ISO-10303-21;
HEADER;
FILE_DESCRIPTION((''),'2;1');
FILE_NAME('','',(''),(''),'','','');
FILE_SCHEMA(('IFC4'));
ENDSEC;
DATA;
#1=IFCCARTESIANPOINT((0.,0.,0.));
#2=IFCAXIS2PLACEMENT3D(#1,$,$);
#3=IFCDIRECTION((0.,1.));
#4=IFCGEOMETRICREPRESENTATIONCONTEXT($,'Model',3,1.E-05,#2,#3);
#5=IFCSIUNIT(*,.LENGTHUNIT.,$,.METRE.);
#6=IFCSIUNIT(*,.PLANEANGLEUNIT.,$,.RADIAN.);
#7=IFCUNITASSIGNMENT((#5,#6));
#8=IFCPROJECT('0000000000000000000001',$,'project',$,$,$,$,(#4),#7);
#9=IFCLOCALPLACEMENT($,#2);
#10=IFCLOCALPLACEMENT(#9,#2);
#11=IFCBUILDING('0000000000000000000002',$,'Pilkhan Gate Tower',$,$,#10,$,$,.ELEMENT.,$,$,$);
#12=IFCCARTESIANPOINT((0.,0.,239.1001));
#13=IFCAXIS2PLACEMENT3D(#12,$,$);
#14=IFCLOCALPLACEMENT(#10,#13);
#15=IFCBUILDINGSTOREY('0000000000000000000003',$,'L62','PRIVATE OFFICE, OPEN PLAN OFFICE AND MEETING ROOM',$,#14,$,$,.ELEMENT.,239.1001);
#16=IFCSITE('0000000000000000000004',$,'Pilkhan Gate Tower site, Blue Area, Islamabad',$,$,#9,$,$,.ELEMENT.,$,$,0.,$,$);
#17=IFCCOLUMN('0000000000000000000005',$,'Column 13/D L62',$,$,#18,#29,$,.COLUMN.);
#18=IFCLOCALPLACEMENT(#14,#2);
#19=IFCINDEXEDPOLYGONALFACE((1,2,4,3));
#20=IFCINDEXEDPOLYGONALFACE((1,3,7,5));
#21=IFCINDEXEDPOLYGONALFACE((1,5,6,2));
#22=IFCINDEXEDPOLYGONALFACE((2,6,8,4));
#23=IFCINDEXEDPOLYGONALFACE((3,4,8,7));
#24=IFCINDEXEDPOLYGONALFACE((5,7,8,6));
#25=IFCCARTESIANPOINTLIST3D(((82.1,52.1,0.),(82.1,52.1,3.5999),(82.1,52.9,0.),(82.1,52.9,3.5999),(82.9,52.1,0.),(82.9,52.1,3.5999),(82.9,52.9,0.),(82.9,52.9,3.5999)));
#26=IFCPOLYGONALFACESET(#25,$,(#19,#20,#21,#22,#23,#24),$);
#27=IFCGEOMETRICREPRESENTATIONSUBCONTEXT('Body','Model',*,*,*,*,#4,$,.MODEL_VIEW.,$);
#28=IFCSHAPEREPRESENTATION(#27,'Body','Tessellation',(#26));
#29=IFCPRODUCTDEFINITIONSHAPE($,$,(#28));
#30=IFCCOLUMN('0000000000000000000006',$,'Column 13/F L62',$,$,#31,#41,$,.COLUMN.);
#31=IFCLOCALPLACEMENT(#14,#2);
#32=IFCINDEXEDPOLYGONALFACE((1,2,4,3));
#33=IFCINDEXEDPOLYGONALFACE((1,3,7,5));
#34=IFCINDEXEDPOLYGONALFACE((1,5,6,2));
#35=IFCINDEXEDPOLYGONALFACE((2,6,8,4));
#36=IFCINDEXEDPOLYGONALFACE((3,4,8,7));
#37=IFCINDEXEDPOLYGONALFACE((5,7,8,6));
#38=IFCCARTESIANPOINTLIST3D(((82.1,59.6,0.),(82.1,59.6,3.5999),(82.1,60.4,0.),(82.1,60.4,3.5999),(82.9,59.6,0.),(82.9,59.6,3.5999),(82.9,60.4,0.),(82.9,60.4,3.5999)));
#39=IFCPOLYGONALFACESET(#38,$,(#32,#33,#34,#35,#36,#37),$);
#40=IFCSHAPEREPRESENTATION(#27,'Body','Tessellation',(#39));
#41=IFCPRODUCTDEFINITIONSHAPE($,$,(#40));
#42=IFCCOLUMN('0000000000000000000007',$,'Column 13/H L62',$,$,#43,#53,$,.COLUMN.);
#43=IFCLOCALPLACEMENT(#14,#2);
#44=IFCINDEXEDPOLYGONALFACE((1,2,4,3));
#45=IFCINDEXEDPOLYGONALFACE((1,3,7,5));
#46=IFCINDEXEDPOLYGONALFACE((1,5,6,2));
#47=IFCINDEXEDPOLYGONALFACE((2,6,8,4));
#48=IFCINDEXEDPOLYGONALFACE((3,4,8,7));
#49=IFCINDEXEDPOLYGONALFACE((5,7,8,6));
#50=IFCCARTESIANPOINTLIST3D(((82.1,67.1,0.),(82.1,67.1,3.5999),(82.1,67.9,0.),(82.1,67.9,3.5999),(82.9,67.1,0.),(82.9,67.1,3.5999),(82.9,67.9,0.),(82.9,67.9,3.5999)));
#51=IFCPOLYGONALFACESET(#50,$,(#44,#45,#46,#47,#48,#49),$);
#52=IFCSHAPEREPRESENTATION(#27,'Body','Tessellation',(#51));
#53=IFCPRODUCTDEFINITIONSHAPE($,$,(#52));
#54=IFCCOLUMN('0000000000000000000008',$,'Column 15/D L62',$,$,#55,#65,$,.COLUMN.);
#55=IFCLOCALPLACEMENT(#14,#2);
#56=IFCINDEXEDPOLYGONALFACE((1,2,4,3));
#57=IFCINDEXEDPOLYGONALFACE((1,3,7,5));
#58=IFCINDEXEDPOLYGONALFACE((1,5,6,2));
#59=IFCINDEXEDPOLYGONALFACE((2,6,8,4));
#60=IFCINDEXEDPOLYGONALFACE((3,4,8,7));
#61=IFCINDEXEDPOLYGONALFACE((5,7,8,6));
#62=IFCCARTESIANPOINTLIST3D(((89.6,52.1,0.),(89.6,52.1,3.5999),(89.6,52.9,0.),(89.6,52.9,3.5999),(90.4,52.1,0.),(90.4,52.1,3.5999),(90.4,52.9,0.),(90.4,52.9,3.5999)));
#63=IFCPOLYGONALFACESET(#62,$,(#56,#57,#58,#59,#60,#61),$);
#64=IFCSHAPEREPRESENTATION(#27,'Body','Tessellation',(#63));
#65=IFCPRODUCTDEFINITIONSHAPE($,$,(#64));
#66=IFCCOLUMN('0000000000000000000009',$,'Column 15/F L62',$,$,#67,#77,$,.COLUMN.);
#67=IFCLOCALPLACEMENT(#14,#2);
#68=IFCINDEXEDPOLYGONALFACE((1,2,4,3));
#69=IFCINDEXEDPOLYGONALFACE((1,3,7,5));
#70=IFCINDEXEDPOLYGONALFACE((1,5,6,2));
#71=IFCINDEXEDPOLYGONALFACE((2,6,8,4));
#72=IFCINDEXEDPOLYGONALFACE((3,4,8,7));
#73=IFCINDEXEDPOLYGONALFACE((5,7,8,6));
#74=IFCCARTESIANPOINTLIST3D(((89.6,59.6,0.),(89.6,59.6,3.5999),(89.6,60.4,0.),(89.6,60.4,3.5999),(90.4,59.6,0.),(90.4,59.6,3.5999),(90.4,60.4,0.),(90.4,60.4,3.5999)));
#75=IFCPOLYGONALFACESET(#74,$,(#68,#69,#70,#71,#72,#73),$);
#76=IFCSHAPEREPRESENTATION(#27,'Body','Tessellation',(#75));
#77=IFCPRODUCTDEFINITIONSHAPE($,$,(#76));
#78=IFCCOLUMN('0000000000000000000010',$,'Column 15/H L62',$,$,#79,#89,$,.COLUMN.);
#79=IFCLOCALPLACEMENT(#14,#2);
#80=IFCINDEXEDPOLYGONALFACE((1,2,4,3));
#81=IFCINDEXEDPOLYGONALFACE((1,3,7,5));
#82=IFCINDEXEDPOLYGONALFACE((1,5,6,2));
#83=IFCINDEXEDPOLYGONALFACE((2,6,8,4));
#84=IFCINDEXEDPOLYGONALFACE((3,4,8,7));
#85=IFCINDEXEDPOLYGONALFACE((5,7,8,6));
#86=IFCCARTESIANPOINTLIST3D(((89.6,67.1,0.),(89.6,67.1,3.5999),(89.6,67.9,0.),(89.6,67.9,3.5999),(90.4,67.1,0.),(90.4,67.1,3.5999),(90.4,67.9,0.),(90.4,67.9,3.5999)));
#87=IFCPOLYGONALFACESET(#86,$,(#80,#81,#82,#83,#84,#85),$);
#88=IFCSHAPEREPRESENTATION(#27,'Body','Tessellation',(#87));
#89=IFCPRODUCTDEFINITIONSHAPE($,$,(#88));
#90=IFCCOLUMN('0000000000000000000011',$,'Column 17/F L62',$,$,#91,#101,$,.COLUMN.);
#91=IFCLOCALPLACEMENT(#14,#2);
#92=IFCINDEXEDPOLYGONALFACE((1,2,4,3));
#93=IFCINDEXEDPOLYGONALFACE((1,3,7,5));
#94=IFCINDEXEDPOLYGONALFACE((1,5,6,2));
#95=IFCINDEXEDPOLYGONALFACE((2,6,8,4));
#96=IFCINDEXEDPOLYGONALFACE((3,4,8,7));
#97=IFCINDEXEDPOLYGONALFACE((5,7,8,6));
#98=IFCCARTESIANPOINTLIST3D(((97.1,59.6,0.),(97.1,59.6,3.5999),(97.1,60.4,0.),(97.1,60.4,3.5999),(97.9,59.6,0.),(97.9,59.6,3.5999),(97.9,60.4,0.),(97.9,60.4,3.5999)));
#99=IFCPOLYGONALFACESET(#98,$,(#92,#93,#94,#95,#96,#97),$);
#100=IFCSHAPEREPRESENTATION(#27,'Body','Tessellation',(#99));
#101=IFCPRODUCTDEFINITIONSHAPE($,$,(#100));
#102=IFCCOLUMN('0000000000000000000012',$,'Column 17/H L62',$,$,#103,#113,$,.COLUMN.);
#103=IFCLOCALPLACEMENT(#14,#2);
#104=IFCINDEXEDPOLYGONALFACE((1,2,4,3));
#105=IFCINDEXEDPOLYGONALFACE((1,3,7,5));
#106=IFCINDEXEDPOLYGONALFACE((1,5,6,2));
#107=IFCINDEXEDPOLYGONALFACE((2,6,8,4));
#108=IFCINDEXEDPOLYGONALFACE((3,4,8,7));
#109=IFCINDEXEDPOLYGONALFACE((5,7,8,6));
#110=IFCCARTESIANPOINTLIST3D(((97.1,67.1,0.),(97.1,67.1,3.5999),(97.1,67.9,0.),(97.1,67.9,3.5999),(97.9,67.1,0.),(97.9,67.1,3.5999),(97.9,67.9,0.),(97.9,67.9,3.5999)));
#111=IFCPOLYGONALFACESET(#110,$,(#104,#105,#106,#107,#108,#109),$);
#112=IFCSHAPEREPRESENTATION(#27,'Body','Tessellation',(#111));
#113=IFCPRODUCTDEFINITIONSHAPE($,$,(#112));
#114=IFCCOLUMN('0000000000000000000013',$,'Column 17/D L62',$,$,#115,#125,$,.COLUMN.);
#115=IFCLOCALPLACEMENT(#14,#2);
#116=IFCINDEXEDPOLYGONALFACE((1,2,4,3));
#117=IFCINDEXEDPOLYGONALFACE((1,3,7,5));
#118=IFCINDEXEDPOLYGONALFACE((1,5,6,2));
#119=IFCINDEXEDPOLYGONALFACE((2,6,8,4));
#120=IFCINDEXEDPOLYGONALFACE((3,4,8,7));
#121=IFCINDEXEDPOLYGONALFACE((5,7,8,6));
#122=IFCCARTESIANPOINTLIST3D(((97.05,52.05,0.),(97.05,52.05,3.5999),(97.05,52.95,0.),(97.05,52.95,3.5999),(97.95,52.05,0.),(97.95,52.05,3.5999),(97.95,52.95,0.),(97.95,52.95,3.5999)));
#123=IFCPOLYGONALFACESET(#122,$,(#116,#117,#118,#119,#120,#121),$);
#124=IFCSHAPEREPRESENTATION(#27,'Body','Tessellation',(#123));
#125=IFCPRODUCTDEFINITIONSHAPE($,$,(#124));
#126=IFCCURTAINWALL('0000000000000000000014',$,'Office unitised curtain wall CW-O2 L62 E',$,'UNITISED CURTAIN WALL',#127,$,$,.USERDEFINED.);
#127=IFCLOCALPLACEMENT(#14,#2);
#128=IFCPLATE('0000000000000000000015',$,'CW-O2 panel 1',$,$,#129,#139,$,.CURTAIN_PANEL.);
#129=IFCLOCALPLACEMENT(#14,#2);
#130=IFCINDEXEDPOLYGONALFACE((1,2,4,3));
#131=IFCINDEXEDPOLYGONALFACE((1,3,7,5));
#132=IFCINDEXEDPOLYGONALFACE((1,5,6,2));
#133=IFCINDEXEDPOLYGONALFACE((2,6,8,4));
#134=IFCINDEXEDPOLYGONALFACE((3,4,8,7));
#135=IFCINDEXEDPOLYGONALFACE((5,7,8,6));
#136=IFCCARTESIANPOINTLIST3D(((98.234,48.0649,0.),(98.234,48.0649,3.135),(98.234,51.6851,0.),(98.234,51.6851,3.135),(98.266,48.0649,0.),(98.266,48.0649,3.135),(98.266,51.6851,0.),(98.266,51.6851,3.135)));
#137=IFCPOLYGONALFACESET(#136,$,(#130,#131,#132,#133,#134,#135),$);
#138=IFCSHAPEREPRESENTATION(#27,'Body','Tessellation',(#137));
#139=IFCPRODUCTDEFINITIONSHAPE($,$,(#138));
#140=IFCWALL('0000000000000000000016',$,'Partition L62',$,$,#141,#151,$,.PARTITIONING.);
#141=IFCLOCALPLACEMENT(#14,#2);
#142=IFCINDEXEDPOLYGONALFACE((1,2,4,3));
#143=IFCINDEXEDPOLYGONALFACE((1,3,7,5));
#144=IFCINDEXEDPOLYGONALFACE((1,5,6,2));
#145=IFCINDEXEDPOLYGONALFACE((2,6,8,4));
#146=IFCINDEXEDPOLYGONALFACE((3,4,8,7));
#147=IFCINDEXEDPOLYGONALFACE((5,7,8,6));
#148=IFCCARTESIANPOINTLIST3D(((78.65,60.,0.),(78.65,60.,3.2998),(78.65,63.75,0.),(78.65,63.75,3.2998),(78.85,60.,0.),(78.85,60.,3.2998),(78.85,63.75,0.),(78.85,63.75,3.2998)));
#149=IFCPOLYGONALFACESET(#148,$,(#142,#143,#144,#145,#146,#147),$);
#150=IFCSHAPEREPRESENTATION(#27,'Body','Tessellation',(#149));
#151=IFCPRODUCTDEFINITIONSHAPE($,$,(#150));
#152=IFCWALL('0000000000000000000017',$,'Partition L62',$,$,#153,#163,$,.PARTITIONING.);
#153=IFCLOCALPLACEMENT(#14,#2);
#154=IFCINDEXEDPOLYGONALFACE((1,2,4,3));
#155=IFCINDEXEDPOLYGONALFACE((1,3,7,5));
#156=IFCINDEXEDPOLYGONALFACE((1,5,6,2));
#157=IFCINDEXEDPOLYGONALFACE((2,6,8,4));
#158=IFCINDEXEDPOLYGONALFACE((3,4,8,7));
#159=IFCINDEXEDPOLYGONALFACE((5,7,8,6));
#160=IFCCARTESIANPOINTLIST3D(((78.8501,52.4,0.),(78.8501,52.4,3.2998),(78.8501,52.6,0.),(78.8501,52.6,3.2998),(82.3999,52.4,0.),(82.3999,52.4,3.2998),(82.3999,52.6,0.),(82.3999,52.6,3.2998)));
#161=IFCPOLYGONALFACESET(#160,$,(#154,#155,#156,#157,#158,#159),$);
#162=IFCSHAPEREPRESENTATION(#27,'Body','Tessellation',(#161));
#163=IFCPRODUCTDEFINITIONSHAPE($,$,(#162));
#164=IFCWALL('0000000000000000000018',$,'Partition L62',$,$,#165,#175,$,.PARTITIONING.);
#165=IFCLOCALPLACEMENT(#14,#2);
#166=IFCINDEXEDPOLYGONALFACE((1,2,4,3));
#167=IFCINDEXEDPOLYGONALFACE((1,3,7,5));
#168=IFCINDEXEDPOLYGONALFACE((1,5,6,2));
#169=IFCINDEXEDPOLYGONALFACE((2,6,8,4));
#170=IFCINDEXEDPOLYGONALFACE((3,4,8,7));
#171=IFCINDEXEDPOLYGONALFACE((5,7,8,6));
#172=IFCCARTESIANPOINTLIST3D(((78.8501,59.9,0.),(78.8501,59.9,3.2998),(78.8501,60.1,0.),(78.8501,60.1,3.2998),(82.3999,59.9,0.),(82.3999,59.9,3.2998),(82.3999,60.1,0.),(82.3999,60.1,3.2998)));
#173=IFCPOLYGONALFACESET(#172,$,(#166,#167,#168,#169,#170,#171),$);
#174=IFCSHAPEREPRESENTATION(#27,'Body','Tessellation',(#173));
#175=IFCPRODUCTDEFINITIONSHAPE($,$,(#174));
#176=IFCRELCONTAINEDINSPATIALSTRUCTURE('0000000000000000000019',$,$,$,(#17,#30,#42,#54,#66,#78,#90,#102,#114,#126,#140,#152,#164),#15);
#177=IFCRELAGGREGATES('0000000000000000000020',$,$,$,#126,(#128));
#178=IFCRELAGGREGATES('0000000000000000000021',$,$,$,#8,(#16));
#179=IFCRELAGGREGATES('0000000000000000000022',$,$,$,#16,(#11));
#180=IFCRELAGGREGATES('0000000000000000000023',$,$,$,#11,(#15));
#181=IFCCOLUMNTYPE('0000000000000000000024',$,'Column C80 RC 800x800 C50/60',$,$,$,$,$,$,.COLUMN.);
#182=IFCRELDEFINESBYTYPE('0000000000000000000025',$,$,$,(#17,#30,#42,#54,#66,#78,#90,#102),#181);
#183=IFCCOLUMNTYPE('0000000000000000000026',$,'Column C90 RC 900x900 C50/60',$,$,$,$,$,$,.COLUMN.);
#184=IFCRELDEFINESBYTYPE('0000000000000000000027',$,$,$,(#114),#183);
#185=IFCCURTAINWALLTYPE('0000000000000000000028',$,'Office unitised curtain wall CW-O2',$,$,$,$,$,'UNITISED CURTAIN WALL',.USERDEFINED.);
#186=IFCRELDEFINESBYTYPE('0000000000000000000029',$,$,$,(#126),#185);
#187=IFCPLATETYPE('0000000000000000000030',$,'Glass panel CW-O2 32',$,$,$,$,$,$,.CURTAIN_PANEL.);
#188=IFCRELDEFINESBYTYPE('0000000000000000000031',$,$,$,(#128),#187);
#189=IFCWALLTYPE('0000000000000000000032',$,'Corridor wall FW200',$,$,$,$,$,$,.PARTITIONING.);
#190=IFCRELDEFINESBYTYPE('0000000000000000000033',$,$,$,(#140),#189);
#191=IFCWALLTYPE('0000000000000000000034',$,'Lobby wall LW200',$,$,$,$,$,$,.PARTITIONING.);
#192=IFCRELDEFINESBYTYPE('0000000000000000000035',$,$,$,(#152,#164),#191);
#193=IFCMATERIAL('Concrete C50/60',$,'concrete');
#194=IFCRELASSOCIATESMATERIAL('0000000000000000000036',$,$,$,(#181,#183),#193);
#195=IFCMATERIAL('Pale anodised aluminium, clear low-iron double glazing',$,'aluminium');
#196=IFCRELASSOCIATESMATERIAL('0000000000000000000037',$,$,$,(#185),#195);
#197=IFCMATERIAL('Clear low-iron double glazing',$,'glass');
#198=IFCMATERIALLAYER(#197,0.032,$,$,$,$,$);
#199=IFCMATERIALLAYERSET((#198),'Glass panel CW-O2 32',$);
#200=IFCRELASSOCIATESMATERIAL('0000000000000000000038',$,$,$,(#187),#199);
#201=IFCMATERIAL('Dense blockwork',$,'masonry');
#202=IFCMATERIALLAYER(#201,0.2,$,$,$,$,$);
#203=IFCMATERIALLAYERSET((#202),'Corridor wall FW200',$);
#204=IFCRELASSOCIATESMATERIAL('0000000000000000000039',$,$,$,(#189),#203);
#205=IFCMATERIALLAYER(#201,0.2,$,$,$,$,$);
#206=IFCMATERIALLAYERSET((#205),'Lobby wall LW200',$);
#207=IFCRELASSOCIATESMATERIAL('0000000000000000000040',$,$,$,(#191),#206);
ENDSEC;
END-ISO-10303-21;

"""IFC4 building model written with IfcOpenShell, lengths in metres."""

from ifc_helpers import new_model, si_unit, direction, frame, frame_2d, origin, origin_2d, place, context, subcontext, project, spatial, rectangle, extrude, material, layer, layer_set, material_profile, profile_set, type_object, element, aggregate, save


model = new_model("IFC4")

# Units and contexts
model_context = context("Model", 3, precision=1e-05, world=origin(), true_north=direction((0.0, 1.0)))
body_context = subcontext(model_context, "Body", "Model", "MODEL_VIEW")
ifc_project = project(units=[si_unit("LENGTHUNIT", "METRE"), si_unit("PLANEANGLEUNIT", "RADIAN")], contexts=[model_context])

# Site, building, storey
site_placement = place(None, origin())
site = spatial("IfcSite", under=ifc_project, at=site_placement, Name="Pilkhan Gate Tower site, Blue Area, Islamabad", CompositionType="ELEMENT", RefElevation=0.0)
building_placement = place(site_placement, origin())
building = spatial("IfcBuilding", under=site, at=building_placement, Name="Pilkhan Gate Tower", CompositionType="ELEMENT")
storey_placement = place(building_placement, frame((0.0, 0.0, 239.1001)))
storey = spatial("IfcBuildingStorey", under=building, at=storey_placement, Name="L62", Description="PRIVATE OFFICE, OPEN PLAN OFFICE AND MEETING ROOM", CompositionType="ELEMENT", Elevation=239.1001)

# Columns
ifc_material_1 = material(Name="Concrete C50/60", Category="concrete")
ifc_material_profile_1 = material_profile(ifc_material_1, rectangle(XDim=0.8, YDim=0.8, at=origin_2d()), Name="RC 800x800")
ifc_profile_set_1 = profile_set([ifc_material_profile_1], Name="Concrete C50/60")
column_type_1 = type_object("IfcColumnType", Name="Column C80 RC 800x800 C50/60", PredefinedType="COLUMN", material=ifc_profile_set_1)
for number, where, z_axis, x_axis, name in (
    (1, (82.5, 52.5, 0.0), (0.0, 0.0, 1.0), (1.0, 0.0, 0.0), "Column 13/D L62"),
    (2, (82.5, 60.0, 0.0), (0.0, 0.0, 1.0), (1.0, 0.0, 0.0), "Column 13/F L62"),
    (3, (82.5, 67.5, 0.0), (0.0, 0.0, 1.0), (1.0, 0.0, 0.0), "Column 13/H L62"),
    (4, (90.0, 52.5, 0.0), (0.0, 0.0, 1.0), (1.0, 0.0, 0.0), "Column 15/D L62"),
    (5, (90.0, 60.0, 0.0), (0.0, 0.0, 1.0), (1.0, 0.0, 0.0), "Column 15/F L62"),
    (6, (90.0, 67.5, 0.0), (0.0, 0.0, 1.0), (1.0, 0.0, 0.0), "Column 15/H L62"),
    (7, (97.5, 60.0, 0.0), (0.0, 0.0, 1.0), (1.0, 0.0, 0.0), "Column 17/F L62"),
    (8, (97.5, 67.5, 0.0), (0.0, 0.0, 1.0), (1.0, 0.0, 0.0), "Column 17/H L62"),
):
    element("IfcColumn", number, at=place(storey_placement, frame(where, z_axis=z_axis, x_axis=x_axis)), inside=storey, type_object=column_type_1, Name=name, PredefinedType="COLUMN", context=body_context, shape_type="SweptSolid", body=[
        extrude(rectangle(XDim=0.8, YDim=0.8, at=origin_2d()), origin(), (0.0, 0.0, 1.0), 3.5999),
    ])
ifc_material_profile_2 = material_profile(ifc_material_1, rectangle(XDim=0.8999, YDim=0.8999, at=origin_2d()), Name="RC 900x900")
ifc_profile_set_2 = profile_set([ifc_material_profile_2], Name="Concrete C50/60")
column_type_2 = type_object("IfcColumnType", Name="Column C90 RC 900x900 C50/60", PredefinedType="COLUMN", material=ifc_profile_set_2)
column_placement = place(storey_placement, frame((97.5, 52.5, 0.0), z_axis=(0.0, 0.0, 1.0), x_axis=(1.0, 0.0, 0.0)))
element("IfcColumn", 9, at=column_placement, inside=storey, type_object=column_type_2, Name="Column 17/D L62", PredefinedType="COLUMN", context=body_context, shape_type="SweptSolid", body=[
    extrude(rectangle(XDim=0.8999, YDim=0.8999, at=origin_2d()), origin(), (0.0, 0.0, 1.0), 3.5999),
])

# Curtain wall, plate
ifc_material_2 = material(Name="Pale anodised aluminium, clear low-iron double glazing", Category="aluminium")
curtain_wall_type = type_object("IfcCurtainWallType", Name="Office unitised curtain wall CW-O2", ElementType="UNITISED CURTAIN WALL", PredefinedType="USERDEFINED", material=ifc_material_2)
curtain_wall_placement = place(storey_placement, origin())
curtain_wall = element("IfcCurtainWall", 10, at=curtain_wall_placement, inside=storey, type_object=curtain_wall_type, Name="Office unitised curtain wall CW-O2 L62 E", ObjectType="UNITISED CURTAIN WALL", PredefinedType="USERDEFINED")
ifc_material_3 = material(Name="Clear low-iron double glazing", Category="glass")
ifc_layer_1 = layer(ifc_material_3, 0.032)
ifc_layer_set_1 = layer_set([ifc_layer_1], Name="Glass panel CW-O2 32")
plate_type = type_object("IfcPlateType", Name="Glass panel CW-O2 32", PredefinedType="CURTAIN_PANEL", material=ifc_layer_set_1)
plate_placement = place(storey_placement, frame((98.25, 49.875, 0.0), z_axis=(0.0, 0.0, 1.0), x_axis=(0.0, 1.0, 0.0)))
plate = element("IfcPlate", 11, at=plate_placement, type_object=plate_type, Name="CW-O2 panel 1", PredefinedType="CURTAIN_PANEL", context=body_context, shape_type="SweptSolid", body=[
    extrude(rectangle(XDim=3.6201, YDim=0.032, at=origin_2d()), origin(), (0.0, 0.0, 1.0), 3.135),
])
aggregate(curtain_wall, [plate])

# Walls
ifc_material_4 = material(Name="Dense blockwork", Category="masonry")
ifc_layer_2 = layer(ifc_material_4, 0.2)
ifc_layer_set_2 = layer_set([ifc_layer_2], Name="Corridor wall FW200")
wall_type_1 = type_object("IfcWallType", Name="Corridor wall FW200", PredefinedType="PARTITIONING", material=ifc_layer_set_2)
wall_1_placement = place(storey_placement, frame((78.75, 60.0, 0.0), z_axis=(0.0, 0.0, 1.0), x_axis=(0.0, 1.0, 0.0)))
element("IfcWall", 12, at=wall_1_placement, inside=storey, type_object=wall_type_1, Name="Partition L62", PredefinedType="PARTITIONING", context=body_context, shape_type="SweptSolid", body=[
    extrude(rectangle(XDim=3.75, YDim=0.2, at=frame_2d((1.875, 0.0))), origin(), (0.0, 0.0, 1.0), 3.2998),
])
ifc_layer_3 = layer(ifc_material_4, 0.2)
ifc_layer_set_3 = layer_set([ifc_layer_3], Name="Lobby wall LW200")
wall_type_2 = type_object("IfcWallType", Name="Lobby wall LW200", PredefinedType="PARTITIONING", material=ifc_layer_set_3)
for number, where, z_axis, x_axis, name in (
    (13, (78.8501, 52.5, 0.0), (0.0, 0.0, 1.0), (1.0, 0.0, 0.0), "Partition L62"),
    (14, (78.8501, 60.0, 0.0), (0.0, 0.0, 1.0), (1.0, 0.0, 0.0), "Partition L62"),
):
    element("IfcWall", number, at=place(storey_placement, frame(where, z_axis=z_axis, x_axis=x_axis)), inside=storey, type_object=wall_type_2, Name=name, PredefinedType="PARTITIONING", context=body_context, shape_type="SweptSolid", body=[
        extrude(rectangle(XDim=3.5498, YDim=0.2, at=frame_2d((1.7749, 0.0))), origin(), (0.0, 0.0, 1.0), 3.2998),
    ])

save(model, "model.ifc")
